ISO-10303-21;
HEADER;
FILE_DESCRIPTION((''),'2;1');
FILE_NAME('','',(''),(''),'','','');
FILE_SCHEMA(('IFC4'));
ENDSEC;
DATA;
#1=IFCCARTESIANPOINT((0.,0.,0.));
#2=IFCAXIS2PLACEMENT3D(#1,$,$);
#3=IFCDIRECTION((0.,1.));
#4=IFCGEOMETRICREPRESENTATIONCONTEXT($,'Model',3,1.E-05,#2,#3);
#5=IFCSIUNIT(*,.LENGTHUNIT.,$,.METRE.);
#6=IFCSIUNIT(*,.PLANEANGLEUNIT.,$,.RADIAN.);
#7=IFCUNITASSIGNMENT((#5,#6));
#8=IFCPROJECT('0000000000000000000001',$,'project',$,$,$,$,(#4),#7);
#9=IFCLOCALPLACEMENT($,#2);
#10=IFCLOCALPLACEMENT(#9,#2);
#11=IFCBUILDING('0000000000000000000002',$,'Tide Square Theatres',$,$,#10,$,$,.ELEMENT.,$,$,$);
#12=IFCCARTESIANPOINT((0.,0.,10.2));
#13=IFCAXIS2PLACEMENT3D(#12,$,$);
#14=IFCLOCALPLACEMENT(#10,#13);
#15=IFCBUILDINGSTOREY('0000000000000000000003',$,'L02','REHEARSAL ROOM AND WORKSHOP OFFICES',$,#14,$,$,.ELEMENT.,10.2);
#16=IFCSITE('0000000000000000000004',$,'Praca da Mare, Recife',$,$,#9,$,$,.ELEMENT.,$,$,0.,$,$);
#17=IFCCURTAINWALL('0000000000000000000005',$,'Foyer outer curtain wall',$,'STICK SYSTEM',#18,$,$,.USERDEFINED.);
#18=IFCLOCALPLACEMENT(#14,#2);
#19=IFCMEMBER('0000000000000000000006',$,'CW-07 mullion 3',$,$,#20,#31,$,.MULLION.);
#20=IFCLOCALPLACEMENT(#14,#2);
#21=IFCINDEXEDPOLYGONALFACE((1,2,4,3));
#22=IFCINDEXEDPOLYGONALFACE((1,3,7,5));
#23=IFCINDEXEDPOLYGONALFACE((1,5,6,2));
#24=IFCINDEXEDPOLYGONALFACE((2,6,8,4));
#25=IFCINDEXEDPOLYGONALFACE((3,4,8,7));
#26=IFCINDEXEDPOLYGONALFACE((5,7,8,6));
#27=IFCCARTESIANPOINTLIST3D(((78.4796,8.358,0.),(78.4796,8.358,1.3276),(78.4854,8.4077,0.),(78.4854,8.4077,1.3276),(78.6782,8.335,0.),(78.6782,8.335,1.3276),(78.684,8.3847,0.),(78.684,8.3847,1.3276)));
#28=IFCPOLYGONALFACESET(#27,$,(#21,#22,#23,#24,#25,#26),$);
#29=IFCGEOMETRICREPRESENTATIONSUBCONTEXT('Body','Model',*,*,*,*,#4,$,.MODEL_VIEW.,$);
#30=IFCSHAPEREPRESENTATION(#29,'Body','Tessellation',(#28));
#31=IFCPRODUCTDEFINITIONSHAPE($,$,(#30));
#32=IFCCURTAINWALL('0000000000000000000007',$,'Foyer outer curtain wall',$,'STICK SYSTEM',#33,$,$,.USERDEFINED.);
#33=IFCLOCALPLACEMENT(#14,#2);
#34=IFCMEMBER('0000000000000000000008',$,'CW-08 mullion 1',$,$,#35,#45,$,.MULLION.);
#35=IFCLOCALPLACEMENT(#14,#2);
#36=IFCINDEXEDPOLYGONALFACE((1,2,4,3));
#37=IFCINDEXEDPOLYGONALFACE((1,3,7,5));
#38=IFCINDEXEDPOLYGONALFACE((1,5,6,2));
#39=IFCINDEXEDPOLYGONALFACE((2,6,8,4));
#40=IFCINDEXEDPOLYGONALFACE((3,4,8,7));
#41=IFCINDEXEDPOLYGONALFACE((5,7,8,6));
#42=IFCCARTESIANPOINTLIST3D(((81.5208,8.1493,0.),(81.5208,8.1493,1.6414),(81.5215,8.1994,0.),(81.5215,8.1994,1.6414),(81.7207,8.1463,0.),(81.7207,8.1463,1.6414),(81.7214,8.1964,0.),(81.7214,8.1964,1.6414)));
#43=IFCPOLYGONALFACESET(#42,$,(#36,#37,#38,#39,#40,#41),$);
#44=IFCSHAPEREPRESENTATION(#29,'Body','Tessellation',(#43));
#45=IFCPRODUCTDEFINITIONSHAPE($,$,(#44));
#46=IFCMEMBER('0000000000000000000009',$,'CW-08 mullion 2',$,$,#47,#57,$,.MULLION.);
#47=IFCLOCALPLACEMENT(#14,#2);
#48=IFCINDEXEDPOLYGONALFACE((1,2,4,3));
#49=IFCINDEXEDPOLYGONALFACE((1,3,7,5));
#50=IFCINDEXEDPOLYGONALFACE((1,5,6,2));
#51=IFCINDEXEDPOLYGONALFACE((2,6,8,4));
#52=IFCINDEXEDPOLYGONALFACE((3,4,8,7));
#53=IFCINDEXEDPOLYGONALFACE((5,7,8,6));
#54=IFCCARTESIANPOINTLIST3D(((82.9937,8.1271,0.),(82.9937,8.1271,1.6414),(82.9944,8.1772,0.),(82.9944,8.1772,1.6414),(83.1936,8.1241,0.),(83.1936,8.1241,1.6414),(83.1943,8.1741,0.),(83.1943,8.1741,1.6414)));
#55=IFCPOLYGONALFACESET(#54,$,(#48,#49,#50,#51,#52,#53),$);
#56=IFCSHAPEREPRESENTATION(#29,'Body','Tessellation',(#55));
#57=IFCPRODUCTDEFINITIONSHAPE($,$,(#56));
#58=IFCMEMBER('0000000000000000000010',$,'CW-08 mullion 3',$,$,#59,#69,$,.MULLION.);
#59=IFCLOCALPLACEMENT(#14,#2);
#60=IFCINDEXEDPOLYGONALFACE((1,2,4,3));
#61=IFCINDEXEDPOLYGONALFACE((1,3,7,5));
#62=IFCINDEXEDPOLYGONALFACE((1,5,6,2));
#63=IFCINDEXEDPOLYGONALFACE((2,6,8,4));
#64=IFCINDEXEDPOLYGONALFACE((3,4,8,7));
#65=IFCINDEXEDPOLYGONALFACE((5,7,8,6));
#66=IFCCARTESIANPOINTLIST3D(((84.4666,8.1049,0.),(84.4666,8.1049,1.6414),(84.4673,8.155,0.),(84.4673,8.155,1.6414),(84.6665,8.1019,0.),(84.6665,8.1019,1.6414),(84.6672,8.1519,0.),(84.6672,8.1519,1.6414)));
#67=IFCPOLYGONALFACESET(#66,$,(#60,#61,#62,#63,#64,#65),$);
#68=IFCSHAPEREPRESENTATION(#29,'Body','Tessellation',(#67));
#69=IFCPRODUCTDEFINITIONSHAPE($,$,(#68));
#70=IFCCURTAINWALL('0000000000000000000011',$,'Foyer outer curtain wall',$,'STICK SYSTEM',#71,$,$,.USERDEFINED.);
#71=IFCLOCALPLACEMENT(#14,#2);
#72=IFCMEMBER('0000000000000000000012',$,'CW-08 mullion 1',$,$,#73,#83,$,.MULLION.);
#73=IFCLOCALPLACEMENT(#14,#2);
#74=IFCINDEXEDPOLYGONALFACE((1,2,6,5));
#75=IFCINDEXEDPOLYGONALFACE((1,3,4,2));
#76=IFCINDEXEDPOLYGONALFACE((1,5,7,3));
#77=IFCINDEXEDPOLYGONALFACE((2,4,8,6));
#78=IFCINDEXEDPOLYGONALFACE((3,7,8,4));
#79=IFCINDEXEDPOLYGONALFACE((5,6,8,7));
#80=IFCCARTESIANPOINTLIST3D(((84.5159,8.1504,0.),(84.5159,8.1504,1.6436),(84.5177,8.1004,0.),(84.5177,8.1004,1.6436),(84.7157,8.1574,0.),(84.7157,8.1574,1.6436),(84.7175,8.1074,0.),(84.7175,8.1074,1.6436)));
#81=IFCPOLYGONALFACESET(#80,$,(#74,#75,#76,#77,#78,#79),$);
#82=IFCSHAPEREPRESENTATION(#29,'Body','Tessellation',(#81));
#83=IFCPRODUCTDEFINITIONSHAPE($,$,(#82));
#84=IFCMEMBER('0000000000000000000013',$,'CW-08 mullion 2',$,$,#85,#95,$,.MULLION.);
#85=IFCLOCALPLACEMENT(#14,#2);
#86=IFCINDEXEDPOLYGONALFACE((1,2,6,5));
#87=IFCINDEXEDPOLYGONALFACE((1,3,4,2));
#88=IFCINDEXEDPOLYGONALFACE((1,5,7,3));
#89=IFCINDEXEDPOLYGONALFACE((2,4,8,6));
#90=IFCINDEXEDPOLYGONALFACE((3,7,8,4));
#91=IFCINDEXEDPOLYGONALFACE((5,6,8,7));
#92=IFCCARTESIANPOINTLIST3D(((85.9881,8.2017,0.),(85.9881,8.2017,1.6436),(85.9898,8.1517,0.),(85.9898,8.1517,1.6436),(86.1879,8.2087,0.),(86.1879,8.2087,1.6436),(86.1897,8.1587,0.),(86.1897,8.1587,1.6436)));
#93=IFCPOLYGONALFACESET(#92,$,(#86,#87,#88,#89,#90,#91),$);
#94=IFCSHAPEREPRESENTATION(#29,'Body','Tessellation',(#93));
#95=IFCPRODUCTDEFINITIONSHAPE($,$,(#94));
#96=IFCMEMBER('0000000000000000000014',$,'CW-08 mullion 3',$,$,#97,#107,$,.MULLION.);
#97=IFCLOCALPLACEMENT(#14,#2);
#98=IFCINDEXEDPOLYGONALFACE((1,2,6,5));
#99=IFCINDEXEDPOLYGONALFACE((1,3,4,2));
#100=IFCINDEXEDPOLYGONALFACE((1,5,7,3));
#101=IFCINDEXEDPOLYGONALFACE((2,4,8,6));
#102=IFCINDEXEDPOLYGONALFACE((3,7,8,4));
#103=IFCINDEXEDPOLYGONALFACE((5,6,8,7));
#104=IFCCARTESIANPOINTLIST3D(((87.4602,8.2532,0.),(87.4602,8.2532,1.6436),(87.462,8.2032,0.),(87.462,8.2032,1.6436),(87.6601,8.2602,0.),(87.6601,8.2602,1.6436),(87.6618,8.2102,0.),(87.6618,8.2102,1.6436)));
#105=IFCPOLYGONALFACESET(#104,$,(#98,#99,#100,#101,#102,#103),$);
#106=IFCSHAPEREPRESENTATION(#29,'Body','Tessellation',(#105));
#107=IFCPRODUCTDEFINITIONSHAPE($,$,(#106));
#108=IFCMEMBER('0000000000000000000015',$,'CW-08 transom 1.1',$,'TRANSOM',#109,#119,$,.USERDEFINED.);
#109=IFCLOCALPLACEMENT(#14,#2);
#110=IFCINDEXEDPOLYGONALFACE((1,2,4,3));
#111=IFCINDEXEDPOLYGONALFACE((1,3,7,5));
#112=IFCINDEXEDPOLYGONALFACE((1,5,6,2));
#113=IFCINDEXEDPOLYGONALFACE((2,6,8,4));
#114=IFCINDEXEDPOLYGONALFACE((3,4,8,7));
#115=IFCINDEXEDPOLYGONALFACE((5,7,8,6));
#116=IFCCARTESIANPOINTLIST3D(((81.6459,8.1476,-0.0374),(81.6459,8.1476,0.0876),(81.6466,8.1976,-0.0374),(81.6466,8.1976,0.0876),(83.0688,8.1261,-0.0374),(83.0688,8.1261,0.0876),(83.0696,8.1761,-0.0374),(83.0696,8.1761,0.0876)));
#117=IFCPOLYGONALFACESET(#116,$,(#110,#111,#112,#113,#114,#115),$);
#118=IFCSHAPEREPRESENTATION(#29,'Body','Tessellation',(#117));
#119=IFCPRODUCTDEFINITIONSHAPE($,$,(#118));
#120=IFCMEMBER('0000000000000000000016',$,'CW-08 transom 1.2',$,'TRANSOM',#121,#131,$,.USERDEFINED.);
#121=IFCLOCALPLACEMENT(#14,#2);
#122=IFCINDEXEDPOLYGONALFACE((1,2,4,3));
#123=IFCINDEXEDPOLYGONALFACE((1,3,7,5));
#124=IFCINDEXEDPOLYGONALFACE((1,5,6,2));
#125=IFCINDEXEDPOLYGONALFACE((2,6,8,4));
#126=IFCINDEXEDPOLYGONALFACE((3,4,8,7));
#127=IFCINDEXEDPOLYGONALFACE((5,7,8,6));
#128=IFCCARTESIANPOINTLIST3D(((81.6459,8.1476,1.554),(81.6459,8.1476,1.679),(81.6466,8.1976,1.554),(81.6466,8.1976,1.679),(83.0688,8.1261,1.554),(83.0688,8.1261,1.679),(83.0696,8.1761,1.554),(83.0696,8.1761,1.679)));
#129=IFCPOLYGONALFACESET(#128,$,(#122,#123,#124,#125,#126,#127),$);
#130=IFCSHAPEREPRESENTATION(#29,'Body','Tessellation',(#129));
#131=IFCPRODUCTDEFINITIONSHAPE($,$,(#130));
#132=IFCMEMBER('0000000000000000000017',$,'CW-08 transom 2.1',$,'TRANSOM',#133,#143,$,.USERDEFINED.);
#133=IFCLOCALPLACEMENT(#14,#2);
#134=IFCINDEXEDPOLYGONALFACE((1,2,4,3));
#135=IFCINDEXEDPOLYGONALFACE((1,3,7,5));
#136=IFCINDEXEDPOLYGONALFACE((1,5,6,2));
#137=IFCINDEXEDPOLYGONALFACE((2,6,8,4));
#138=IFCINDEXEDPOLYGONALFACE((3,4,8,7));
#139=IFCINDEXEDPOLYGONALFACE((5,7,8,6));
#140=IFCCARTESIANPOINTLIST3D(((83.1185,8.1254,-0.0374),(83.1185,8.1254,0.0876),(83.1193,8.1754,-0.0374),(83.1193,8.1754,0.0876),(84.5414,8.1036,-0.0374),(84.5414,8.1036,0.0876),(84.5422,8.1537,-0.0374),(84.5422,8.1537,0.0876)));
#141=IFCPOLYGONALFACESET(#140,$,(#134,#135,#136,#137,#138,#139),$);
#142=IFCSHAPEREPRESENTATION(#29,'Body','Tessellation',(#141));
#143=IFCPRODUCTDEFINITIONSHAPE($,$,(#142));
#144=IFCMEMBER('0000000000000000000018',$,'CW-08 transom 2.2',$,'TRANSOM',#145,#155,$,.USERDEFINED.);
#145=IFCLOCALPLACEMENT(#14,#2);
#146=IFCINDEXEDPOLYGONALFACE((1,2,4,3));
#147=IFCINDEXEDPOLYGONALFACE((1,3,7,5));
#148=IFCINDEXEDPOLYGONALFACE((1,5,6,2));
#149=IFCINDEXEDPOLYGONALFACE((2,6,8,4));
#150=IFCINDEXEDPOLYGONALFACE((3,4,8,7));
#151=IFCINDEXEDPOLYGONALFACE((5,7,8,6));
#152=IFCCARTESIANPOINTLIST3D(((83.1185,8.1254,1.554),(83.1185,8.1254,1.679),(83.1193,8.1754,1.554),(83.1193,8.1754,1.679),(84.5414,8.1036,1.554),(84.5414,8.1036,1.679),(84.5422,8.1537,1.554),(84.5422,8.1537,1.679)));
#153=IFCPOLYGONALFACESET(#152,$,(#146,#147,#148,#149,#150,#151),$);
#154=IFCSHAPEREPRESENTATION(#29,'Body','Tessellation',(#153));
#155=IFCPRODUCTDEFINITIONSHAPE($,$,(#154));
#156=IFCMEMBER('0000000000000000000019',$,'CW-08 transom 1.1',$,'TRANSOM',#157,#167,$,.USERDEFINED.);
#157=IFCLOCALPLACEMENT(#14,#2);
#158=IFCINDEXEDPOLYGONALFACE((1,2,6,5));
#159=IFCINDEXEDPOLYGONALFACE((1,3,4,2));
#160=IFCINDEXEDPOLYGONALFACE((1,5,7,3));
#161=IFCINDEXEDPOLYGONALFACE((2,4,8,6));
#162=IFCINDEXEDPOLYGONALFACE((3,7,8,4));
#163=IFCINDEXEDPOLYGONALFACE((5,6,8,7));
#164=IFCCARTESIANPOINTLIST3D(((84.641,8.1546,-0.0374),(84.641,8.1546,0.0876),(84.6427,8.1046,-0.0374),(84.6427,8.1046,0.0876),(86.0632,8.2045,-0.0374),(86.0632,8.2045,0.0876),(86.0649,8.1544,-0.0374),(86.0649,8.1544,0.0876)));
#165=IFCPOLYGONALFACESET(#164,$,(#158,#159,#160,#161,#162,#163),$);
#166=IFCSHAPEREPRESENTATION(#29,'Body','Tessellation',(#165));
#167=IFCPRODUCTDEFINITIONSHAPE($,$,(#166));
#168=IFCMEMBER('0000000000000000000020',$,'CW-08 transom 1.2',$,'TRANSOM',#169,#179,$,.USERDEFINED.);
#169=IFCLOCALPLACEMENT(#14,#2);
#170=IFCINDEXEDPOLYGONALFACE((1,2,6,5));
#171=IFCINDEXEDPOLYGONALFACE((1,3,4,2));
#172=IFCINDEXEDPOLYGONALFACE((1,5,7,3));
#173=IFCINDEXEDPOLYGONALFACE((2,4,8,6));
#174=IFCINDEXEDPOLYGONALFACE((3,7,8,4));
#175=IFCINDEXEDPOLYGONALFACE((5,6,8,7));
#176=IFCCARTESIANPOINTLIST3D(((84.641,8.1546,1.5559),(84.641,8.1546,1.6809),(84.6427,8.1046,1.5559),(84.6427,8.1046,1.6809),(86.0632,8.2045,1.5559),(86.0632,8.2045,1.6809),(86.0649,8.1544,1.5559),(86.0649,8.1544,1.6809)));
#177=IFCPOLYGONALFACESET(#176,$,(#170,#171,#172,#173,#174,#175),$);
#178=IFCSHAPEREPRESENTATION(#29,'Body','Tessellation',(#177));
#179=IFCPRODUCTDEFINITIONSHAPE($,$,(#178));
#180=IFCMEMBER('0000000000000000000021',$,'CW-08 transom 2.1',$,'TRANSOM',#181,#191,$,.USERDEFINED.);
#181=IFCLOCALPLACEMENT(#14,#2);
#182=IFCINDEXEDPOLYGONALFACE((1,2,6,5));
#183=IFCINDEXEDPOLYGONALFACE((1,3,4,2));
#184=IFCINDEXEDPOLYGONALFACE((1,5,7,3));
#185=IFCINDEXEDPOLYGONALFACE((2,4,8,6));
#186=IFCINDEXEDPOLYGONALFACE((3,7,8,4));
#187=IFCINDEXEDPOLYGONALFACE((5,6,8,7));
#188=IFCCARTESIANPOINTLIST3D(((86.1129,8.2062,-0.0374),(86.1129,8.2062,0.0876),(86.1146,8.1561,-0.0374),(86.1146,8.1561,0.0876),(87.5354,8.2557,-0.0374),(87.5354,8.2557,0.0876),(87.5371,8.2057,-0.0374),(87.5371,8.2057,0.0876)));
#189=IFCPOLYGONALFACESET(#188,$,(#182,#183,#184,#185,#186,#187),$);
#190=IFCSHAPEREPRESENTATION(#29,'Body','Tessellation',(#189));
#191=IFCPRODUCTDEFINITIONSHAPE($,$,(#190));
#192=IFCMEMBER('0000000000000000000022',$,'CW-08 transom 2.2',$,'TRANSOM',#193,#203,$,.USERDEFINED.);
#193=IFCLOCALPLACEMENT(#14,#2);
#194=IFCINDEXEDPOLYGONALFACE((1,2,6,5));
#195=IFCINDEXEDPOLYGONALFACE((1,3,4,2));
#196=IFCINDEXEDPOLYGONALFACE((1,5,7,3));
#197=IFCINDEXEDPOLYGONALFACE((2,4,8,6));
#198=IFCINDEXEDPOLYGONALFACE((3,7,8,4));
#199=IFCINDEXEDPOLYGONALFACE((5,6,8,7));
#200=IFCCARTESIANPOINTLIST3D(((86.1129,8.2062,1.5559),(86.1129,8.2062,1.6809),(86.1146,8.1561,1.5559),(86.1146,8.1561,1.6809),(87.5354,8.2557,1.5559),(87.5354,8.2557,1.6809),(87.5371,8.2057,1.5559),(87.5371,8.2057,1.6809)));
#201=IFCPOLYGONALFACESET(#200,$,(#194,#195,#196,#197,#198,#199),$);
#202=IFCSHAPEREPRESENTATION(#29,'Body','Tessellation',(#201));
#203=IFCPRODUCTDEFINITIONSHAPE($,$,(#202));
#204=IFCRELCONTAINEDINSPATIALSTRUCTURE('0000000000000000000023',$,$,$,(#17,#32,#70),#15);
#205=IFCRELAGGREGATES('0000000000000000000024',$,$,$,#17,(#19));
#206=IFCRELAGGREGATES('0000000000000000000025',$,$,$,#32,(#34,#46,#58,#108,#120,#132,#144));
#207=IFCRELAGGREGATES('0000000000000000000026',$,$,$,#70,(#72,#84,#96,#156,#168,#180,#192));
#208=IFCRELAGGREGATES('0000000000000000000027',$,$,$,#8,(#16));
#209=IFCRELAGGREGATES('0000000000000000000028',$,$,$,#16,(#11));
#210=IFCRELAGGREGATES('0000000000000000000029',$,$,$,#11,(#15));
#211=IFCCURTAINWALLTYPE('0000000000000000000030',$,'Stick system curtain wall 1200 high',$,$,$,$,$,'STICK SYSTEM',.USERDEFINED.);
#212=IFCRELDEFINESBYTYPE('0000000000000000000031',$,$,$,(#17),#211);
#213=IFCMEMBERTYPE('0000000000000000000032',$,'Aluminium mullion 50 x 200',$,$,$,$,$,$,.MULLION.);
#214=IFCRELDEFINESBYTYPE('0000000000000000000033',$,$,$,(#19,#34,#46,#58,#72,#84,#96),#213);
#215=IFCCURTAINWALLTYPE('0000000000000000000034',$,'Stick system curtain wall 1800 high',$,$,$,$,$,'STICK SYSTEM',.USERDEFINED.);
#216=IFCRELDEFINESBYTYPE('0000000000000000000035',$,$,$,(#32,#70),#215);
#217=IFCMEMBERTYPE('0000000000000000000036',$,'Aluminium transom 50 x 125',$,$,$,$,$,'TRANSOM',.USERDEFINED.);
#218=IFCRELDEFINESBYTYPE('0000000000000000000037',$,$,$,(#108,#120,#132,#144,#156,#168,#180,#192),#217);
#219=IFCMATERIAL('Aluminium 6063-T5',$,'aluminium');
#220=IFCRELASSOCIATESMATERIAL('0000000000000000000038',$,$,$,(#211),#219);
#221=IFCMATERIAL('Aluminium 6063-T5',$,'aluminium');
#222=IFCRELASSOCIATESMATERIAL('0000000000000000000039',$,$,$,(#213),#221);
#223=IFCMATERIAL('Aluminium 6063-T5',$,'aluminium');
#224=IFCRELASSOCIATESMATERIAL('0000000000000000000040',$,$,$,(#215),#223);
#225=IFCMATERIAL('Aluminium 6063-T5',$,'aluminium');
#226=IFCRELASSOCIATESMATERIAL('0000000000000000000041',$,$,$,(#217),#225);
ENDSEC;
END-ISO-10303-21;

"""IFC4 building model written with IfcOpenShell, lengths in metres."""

from ifc_helpers import new_model, si_unit, direction, frame, origin, origin_2d, place, context, subcontext, project, spatial, rectangle, extrude, material, material_profile, profile_set, type_object, element, aggregate, save


model = new_model("IFC4")

# Units and contexts
model_context = context("Model", 3, precision=1e-05, world=origin(), true_north=direction((0.0, 1.0)))
body_context = subcontext(model_context, "Body", "Model", "MODEL_VIEW")
ifc_project = project(units=[si_unit("LENGTHUNIT", "METRE"), si_unit("PLANEANGLEUNIT", "RADIAN")], contexts=[model_context])

# Site, building, storey
site_placement = place(None, origin())
site = spatial("IfcSite", under=ifc_project, at=site_placement, Name="Praca da Mare, Recife", CompositionType="ELEMENT", RefElevation=0.0)
building_placement = place(site_placement, origin())
building = spatial("IfcBuilding", under=site, at=building_placement, Name="Tide Square Theatres", CompositionType="ELEMENT")
storey_placement = place(building_placement, frame((0.0, 0.0, 10.2)))
storey = spatial("IfcBuildingStorey", under=building, at=storey_placement, Name="L02", Description="REHEARSAL ROOM AND WORKSHOP OFFICES", CompositionType="ELEMENT", Elevation=10.2)

# Curtain wall, member
ifc_material_1 = material(Name="Aluminium 6063-T5", Category="aluminium")
curtain_wall_type_1 = type_object("IfcCurtainWallType", Name="Stick system curtain wall 1200 high", ElementType="STICK SYSTEM", PredefinedType="USERDEFINED", material=ifc_material_1)
curtain_wall_1_placement = place(storey_placement, origin())
curtain_wall_1 = element("IfcCurtainWall", 1, at=curtain_wall_1_placement, inside=storey, type_object=curtain_wall_type_1, Name="Foyer outer curtain wall", ObjectType="STICK SYSTEM", PredefinedType="USERDEFINED")
ifc_material_2 = material(Name="Aluminium 6063-T5", Category="aluminium")
ifc_material_profile_1 = material_profile(ifc_material_2, rectangle(XDim=0.05, YDim=0.2, at=origin_2d()))
ifc_profile_set_1 = profile_set([ifc_material_profile_1], Name="Aluminium 6063-T5")
member_type_1 = type_object("IfcMemberType", Name="Aluminium mullion 50 x 200", PredefinedType="MULLION", material=ifc_profile_set_1)
member_1_placement = place(storey_placement, frame((78.5818, 8.3713, 0.0), z_axis=(0.0, 0.0, 1.0), x_axis=(0.114955, 0.993371, 0.0)))
member_1 = element("IfcMember", 2, at=member_1_placement, type_object=member_type_1, Name="CW-07 mullion 3", PredefinedType="MULLION", context=body_context, shape_type="SweptSolid", body=[
    extrude(rectangle(XDim=0.05, YDim=0.2, at=origin_2d()), origin(), (0.0, 0.0, 1.0), 1.3276),
])
aggregate(curtain_wall_1, [member_1])

# Curtain walls, members
ifc_material_3 = material(Name="Aluminium 6063-T5", Category="aluminium")
curtain_wall_type_2 = type_object("IfcCurtainWallType", Name="Stick system curtain wall 1800 high", ElementType="STICK SYSTEM", PredefinedType="USERDEFINED", material=ifc_material_3)
curtain_wall_2_placement = place(storey_placement, origin())
curtain_wall_2 = element("IfcCurtainWall", 3, at=curtain_wall_2_placement, inside=storey, type_object=curtain_wall_type_2, Name="Foyer outer curtain wall", ObjectType="STICK SYSTEM", PredefinedType="USERDEFINED")
member_2_placement = place(storey_placement, frame((81.6211, 8.1729, 0.0), z_axis=(0.0, 0.0, 1.0), x_axis=(0.01512, 0.999886, 0.0)))
member_2 = element("IfcMember", 4, at=member_2_placement, type_object=member_type_1, Name="CW-08 mullion 1", PredefinedType="MULLION", context=body_context, shape_type="SweptSolid", body=[
    extrude(rectangle(XDim=0.05, YDim=0.2, at=origin_2d()), origin(), (0.0, 0.0, 1.0), 1.6414),
])
member_3_placement = place(storey_placement, frame((83.094, 8.1506, 0.0), z_axis=(0.0, 0.0, 1.0), x_axis=(0.01512, 0.999886, 0.0)))
member_3 = element("IfcMember", 5, at=member_3_placement, type_object=member_type_1, Name="CW-08 mullion 2", PredefinedType="MULLION", context=body_context, shape_type="SweptSolid", body=[
    extrude(rectangle(XDim=0.05, YDim=0.2, at=origin_2d()), origin(), (0.0, 0.0, 1.0), 1.6414),
])
member_4_placement = place(storey_placement, frame((84.5669, 8.1284, 0.0), z_axis=(0.0, 0.0, 1.0), x_axis=(0.01512, 0.999886, 0.0)))
member_4 = element("IfcMember", 6, at=member_4_placement, type_object=member_type_1, Name="CW-08 mullion 3", PredefinedType="MULLION", context=body_context, shape_type="SweptSolid", body=[
    extrude(rectangle(XDim=0.05, YDim=0.2, at=origin_2d()), origin(), (0.0, 0.0, 1.0), 1.6414),
])
curtain_wall_3_placement = place(storey_placement, origin())
curtain_wall_3 = element("IfcCurtainWall", 7, at=curtain_wall_3_placement, inside=storey, type_object=curtain_wall_type_2, Name="Foyer outer curtain wall", ObjectType="STICK SYSTEM", PredefinedType="USERDEFINED")
member_5_placement = place(storey_placement, frame((84.6167, 8.1289, 0.0), z_axis=(0.0, 0.0, 1.0), x_axis=(-0.03488, 0.999392, 0.0)))
member_5 = element("IfcMember", 8, at=member_5_placement, type_object=member_type_1, Name="CW-08 mullion 1", PredefinedType="MULLION", context=body_context, shape_type="SweptSolid", body=[
    extrude(rectangle(XDim=0.05, YDim=0.2, at=origin_2d()), origin(), (0.0, 0.0, 1.0), 1.6436),
])
member_6_placement = place(storey_placement, frame((86.0889, 8.1802, 0.0), z_axis=(0.0, 0.0, 1.0), x_axis=(-0.03488, 0.999392, 0.0)))
member_6 = element("IfcMember", 9, at=member_6_placement, type_object=member_type_1, Name="CW-08 mullion 2", PredefinedType="MULLION", context=body_context, shape_type="SweptSolid", body=[
    extrude(rectangle(XDim=0.05, YDim=0.2, at=origin_2d()), origin(), (0.0, 0.0, 1.0), 1.6436),
])
member_7_placement = place(storey_placement, frame((87.561, 8.2317, 0.0), z_axis=(0.0, 0.0, 1.0), x_axis=(-0.03488, 0.999392, 0.0)))
member_7 = element("IfcMember", 10, at=member_7_placement, type_object=member_type_1, Name="CW-08 mullion 3", PredefinedType="MULLION", context=body_context, shape_type="SweptSolid", body=[
    extrude(rectangle(XDim=0.05, YDim=0.2, at=origin_2d()), origin(), (0.0, 0.0, 1.0), 1.6436),
])

# Members
ifc_material_4 = material(Name="Aluminium 6063-T5", Category="aluminium")
ifc_material_profile_2 = material_profile(ifc_material_4, rectangle(XDim=0.05, YDim=0.125, at=origin_2d()))
ifc_profile_set_2 = profile_set([ifc_material_profile_2], Name="Aluminium 6063-T5")
member_type_2 = type_object("IfcMemberType", Name="Aluminium transom 50 x 125", ElementType="TRANSOM", PredefinedType="USERDEFINED", material=ifc_profile_set_2)
member_8_placement = place(storey_placement, frame((81.6462, 8.1726, 0.0251), z_axis=(0.999886, -0.015098, 0.0), x_axis=(0.015098, 0.999886, 0.0)))
member_8 = element("IfcMember", 11, at=member_8_placement, type_object=member_type_2, Name="CW-08 transom 1.1", ObjectType="TRANSOM", PredefinedType="USERDEFINED", context=body_context, shape_type="SweptSolid", body=[
    extrude(rectangle(XDim=0.05, YDim=0.125, at=origin_2d()), origin(), (0.0, 0.0, 1.0), 1.4231),
])
member_9_placement = place(storey_placement, frame((81.6462, 8.1726, 1.6165), z_axis=(0.999886, -0.015098, 0.0), x_axis=(0.015098, 0.999886, 0.0)))
member_9 = element("IfcMember", 12, at=member_9_placement, type_object=member_type_2, Name="CW-08 transom 1.2", ObjectType="TRANSOM", PredefinedType="USERDEFINED", context=body_context, shape_type="SweptSolid", body=[
    extrude(rectangle(XDim=0.05, YDim=0.125, at=origin_2d()), origin(), (0.0, 0.0, 1.0), 1.4231),
])
member_10_placement = place(storey_placement, frame((83.1189, 8.1504, 0.0251), z_axis=(0.999883, -0.015269, 0.0), x_axis=(0.015269, 0.999883, 0.0)))
member_10 = element("IfcMember", 13, at=member_10_placement, type_object=member_type_2, Name="CW-08 transom 2.1", ObjectType="TRANSOM", PredefinedType="USERDEFINED", context=body_context, shape_type="SweptSolid", body=[
    extrude(rectangle(XDim=0.05, YDim=0.125, at=origin_2d()), origin(), (0.0, 0.0, 1.0), 1.4231),
])
member_11_placement = place(storey_placement, frame((83.1189, 8.1504, 1.6165), z_axis=(0.999883, -0.015269, 0.0), x_axis=(0.015269, 0.999883, 0.0)))
member_11 = element("IfcMember", 14, at=member_11_placement, type_object=member_type_2, Name="CW-08 transom 2.2", ObjectType="TRANSOM", PredefinedType="USERDEFINED", context=body_context, shape_type="SweptSolid", body=[
    extrude(rectangle(XDim=0.05, YDim=0.125, at=origin_2d()), origin(), (0.0, 0.0, 1.0), 1.4231),
])
member_12_placement = place(storey_placement, frame((84.6418, 8.1296, 0.0251), z_axis=(0.999387, 0.035, 0.0), x_axis=(-0.035, 0.999387, 0.0)))
member_12 = element("IfcMember", 15, at=member_12_placement, type_object=member_type_2, Name="CW-08 transom 1.1", ObjectType="TRANSOM", PredefinedType="USERDEFINED", context=body_context, shape_type="SweptSolid", body=[
    extrude(rectangle(XDim=0.05, YDim=0.125, at=origin_2d()), origin(), (0.0, 0.0, 1.0), 1.4231),
])
member_13_placement = place(storey_placement, frame((84.6418, 8.1296, 1.6184), z_axis=(0.999387, 0.035, 0.0), x_axis=(-0.035, 0.999387, 0.0)))
member_13 = element("IfcMember", 16, at=member_13_placement, type_object=member_type_2, Name="CW-08 transom 1.2", ObjectType="TRANSOM", PredefinedType="USERDEFINED", context=body_context, shape_type="SweptSolid", body=[
    extrude(rectangle(XDim=0.05, YDim=0.125, at=origin_2d()), origin(), (0.0, 0.0, 1.0), 1.4231),
])
member_14_placement = place(storey_placement, frame((86.1138, 8.1812, 0.0251), z_axis=(0.999394, 0.034823, 0.0), x_axis=(-0.034823, 0.999394, 0.0)))
member_14 = element("IfcMember", 17, at=member_14_placement, type_object=member_type_2, Name="CW-08 transom 2.1", ObjectType="TRANSOM", PredefinedType="USERDEFINED", context=body_context, shape_type="SweptSolid", body=[
    extrude(rectangle(XDim=0.05, YDim=0.125, at=origin_2d()), origin(), (0.0, 0.0, 1.0), 1.4233),
])
member_15_placement = place(storey_placement, frame((86.1138, 8.1812, 1.6184), z_axis=(0.999394, 0.034823, 0.0), x_axis=(-0.034823, 0.999394, 0.0)))
member_15 = element("IfcMember", 18, at=member_15_placement, type_object=member_type_2, Name="CW-08 transom 2.2", ObjectType="TRANSOM", PredefinedType="USERDEFINED", context=body_context, shape_type="SweptSolid", body=[
    extrude(rectangle(XDim=0.05, YDim=0.125, at=origin_2d()), origin(), (0.0, 0.0, 1.0), 1.4233),
])

aggregate(curtain_wall_2, [member_2, member_3, member_4, member_8, member_9, member_10, member_11])
aggregate(curtain_wall_3, [member_5, member_6, member_7, member_12, member_13, member_14, member_15])

save(model, "model.ifc")
